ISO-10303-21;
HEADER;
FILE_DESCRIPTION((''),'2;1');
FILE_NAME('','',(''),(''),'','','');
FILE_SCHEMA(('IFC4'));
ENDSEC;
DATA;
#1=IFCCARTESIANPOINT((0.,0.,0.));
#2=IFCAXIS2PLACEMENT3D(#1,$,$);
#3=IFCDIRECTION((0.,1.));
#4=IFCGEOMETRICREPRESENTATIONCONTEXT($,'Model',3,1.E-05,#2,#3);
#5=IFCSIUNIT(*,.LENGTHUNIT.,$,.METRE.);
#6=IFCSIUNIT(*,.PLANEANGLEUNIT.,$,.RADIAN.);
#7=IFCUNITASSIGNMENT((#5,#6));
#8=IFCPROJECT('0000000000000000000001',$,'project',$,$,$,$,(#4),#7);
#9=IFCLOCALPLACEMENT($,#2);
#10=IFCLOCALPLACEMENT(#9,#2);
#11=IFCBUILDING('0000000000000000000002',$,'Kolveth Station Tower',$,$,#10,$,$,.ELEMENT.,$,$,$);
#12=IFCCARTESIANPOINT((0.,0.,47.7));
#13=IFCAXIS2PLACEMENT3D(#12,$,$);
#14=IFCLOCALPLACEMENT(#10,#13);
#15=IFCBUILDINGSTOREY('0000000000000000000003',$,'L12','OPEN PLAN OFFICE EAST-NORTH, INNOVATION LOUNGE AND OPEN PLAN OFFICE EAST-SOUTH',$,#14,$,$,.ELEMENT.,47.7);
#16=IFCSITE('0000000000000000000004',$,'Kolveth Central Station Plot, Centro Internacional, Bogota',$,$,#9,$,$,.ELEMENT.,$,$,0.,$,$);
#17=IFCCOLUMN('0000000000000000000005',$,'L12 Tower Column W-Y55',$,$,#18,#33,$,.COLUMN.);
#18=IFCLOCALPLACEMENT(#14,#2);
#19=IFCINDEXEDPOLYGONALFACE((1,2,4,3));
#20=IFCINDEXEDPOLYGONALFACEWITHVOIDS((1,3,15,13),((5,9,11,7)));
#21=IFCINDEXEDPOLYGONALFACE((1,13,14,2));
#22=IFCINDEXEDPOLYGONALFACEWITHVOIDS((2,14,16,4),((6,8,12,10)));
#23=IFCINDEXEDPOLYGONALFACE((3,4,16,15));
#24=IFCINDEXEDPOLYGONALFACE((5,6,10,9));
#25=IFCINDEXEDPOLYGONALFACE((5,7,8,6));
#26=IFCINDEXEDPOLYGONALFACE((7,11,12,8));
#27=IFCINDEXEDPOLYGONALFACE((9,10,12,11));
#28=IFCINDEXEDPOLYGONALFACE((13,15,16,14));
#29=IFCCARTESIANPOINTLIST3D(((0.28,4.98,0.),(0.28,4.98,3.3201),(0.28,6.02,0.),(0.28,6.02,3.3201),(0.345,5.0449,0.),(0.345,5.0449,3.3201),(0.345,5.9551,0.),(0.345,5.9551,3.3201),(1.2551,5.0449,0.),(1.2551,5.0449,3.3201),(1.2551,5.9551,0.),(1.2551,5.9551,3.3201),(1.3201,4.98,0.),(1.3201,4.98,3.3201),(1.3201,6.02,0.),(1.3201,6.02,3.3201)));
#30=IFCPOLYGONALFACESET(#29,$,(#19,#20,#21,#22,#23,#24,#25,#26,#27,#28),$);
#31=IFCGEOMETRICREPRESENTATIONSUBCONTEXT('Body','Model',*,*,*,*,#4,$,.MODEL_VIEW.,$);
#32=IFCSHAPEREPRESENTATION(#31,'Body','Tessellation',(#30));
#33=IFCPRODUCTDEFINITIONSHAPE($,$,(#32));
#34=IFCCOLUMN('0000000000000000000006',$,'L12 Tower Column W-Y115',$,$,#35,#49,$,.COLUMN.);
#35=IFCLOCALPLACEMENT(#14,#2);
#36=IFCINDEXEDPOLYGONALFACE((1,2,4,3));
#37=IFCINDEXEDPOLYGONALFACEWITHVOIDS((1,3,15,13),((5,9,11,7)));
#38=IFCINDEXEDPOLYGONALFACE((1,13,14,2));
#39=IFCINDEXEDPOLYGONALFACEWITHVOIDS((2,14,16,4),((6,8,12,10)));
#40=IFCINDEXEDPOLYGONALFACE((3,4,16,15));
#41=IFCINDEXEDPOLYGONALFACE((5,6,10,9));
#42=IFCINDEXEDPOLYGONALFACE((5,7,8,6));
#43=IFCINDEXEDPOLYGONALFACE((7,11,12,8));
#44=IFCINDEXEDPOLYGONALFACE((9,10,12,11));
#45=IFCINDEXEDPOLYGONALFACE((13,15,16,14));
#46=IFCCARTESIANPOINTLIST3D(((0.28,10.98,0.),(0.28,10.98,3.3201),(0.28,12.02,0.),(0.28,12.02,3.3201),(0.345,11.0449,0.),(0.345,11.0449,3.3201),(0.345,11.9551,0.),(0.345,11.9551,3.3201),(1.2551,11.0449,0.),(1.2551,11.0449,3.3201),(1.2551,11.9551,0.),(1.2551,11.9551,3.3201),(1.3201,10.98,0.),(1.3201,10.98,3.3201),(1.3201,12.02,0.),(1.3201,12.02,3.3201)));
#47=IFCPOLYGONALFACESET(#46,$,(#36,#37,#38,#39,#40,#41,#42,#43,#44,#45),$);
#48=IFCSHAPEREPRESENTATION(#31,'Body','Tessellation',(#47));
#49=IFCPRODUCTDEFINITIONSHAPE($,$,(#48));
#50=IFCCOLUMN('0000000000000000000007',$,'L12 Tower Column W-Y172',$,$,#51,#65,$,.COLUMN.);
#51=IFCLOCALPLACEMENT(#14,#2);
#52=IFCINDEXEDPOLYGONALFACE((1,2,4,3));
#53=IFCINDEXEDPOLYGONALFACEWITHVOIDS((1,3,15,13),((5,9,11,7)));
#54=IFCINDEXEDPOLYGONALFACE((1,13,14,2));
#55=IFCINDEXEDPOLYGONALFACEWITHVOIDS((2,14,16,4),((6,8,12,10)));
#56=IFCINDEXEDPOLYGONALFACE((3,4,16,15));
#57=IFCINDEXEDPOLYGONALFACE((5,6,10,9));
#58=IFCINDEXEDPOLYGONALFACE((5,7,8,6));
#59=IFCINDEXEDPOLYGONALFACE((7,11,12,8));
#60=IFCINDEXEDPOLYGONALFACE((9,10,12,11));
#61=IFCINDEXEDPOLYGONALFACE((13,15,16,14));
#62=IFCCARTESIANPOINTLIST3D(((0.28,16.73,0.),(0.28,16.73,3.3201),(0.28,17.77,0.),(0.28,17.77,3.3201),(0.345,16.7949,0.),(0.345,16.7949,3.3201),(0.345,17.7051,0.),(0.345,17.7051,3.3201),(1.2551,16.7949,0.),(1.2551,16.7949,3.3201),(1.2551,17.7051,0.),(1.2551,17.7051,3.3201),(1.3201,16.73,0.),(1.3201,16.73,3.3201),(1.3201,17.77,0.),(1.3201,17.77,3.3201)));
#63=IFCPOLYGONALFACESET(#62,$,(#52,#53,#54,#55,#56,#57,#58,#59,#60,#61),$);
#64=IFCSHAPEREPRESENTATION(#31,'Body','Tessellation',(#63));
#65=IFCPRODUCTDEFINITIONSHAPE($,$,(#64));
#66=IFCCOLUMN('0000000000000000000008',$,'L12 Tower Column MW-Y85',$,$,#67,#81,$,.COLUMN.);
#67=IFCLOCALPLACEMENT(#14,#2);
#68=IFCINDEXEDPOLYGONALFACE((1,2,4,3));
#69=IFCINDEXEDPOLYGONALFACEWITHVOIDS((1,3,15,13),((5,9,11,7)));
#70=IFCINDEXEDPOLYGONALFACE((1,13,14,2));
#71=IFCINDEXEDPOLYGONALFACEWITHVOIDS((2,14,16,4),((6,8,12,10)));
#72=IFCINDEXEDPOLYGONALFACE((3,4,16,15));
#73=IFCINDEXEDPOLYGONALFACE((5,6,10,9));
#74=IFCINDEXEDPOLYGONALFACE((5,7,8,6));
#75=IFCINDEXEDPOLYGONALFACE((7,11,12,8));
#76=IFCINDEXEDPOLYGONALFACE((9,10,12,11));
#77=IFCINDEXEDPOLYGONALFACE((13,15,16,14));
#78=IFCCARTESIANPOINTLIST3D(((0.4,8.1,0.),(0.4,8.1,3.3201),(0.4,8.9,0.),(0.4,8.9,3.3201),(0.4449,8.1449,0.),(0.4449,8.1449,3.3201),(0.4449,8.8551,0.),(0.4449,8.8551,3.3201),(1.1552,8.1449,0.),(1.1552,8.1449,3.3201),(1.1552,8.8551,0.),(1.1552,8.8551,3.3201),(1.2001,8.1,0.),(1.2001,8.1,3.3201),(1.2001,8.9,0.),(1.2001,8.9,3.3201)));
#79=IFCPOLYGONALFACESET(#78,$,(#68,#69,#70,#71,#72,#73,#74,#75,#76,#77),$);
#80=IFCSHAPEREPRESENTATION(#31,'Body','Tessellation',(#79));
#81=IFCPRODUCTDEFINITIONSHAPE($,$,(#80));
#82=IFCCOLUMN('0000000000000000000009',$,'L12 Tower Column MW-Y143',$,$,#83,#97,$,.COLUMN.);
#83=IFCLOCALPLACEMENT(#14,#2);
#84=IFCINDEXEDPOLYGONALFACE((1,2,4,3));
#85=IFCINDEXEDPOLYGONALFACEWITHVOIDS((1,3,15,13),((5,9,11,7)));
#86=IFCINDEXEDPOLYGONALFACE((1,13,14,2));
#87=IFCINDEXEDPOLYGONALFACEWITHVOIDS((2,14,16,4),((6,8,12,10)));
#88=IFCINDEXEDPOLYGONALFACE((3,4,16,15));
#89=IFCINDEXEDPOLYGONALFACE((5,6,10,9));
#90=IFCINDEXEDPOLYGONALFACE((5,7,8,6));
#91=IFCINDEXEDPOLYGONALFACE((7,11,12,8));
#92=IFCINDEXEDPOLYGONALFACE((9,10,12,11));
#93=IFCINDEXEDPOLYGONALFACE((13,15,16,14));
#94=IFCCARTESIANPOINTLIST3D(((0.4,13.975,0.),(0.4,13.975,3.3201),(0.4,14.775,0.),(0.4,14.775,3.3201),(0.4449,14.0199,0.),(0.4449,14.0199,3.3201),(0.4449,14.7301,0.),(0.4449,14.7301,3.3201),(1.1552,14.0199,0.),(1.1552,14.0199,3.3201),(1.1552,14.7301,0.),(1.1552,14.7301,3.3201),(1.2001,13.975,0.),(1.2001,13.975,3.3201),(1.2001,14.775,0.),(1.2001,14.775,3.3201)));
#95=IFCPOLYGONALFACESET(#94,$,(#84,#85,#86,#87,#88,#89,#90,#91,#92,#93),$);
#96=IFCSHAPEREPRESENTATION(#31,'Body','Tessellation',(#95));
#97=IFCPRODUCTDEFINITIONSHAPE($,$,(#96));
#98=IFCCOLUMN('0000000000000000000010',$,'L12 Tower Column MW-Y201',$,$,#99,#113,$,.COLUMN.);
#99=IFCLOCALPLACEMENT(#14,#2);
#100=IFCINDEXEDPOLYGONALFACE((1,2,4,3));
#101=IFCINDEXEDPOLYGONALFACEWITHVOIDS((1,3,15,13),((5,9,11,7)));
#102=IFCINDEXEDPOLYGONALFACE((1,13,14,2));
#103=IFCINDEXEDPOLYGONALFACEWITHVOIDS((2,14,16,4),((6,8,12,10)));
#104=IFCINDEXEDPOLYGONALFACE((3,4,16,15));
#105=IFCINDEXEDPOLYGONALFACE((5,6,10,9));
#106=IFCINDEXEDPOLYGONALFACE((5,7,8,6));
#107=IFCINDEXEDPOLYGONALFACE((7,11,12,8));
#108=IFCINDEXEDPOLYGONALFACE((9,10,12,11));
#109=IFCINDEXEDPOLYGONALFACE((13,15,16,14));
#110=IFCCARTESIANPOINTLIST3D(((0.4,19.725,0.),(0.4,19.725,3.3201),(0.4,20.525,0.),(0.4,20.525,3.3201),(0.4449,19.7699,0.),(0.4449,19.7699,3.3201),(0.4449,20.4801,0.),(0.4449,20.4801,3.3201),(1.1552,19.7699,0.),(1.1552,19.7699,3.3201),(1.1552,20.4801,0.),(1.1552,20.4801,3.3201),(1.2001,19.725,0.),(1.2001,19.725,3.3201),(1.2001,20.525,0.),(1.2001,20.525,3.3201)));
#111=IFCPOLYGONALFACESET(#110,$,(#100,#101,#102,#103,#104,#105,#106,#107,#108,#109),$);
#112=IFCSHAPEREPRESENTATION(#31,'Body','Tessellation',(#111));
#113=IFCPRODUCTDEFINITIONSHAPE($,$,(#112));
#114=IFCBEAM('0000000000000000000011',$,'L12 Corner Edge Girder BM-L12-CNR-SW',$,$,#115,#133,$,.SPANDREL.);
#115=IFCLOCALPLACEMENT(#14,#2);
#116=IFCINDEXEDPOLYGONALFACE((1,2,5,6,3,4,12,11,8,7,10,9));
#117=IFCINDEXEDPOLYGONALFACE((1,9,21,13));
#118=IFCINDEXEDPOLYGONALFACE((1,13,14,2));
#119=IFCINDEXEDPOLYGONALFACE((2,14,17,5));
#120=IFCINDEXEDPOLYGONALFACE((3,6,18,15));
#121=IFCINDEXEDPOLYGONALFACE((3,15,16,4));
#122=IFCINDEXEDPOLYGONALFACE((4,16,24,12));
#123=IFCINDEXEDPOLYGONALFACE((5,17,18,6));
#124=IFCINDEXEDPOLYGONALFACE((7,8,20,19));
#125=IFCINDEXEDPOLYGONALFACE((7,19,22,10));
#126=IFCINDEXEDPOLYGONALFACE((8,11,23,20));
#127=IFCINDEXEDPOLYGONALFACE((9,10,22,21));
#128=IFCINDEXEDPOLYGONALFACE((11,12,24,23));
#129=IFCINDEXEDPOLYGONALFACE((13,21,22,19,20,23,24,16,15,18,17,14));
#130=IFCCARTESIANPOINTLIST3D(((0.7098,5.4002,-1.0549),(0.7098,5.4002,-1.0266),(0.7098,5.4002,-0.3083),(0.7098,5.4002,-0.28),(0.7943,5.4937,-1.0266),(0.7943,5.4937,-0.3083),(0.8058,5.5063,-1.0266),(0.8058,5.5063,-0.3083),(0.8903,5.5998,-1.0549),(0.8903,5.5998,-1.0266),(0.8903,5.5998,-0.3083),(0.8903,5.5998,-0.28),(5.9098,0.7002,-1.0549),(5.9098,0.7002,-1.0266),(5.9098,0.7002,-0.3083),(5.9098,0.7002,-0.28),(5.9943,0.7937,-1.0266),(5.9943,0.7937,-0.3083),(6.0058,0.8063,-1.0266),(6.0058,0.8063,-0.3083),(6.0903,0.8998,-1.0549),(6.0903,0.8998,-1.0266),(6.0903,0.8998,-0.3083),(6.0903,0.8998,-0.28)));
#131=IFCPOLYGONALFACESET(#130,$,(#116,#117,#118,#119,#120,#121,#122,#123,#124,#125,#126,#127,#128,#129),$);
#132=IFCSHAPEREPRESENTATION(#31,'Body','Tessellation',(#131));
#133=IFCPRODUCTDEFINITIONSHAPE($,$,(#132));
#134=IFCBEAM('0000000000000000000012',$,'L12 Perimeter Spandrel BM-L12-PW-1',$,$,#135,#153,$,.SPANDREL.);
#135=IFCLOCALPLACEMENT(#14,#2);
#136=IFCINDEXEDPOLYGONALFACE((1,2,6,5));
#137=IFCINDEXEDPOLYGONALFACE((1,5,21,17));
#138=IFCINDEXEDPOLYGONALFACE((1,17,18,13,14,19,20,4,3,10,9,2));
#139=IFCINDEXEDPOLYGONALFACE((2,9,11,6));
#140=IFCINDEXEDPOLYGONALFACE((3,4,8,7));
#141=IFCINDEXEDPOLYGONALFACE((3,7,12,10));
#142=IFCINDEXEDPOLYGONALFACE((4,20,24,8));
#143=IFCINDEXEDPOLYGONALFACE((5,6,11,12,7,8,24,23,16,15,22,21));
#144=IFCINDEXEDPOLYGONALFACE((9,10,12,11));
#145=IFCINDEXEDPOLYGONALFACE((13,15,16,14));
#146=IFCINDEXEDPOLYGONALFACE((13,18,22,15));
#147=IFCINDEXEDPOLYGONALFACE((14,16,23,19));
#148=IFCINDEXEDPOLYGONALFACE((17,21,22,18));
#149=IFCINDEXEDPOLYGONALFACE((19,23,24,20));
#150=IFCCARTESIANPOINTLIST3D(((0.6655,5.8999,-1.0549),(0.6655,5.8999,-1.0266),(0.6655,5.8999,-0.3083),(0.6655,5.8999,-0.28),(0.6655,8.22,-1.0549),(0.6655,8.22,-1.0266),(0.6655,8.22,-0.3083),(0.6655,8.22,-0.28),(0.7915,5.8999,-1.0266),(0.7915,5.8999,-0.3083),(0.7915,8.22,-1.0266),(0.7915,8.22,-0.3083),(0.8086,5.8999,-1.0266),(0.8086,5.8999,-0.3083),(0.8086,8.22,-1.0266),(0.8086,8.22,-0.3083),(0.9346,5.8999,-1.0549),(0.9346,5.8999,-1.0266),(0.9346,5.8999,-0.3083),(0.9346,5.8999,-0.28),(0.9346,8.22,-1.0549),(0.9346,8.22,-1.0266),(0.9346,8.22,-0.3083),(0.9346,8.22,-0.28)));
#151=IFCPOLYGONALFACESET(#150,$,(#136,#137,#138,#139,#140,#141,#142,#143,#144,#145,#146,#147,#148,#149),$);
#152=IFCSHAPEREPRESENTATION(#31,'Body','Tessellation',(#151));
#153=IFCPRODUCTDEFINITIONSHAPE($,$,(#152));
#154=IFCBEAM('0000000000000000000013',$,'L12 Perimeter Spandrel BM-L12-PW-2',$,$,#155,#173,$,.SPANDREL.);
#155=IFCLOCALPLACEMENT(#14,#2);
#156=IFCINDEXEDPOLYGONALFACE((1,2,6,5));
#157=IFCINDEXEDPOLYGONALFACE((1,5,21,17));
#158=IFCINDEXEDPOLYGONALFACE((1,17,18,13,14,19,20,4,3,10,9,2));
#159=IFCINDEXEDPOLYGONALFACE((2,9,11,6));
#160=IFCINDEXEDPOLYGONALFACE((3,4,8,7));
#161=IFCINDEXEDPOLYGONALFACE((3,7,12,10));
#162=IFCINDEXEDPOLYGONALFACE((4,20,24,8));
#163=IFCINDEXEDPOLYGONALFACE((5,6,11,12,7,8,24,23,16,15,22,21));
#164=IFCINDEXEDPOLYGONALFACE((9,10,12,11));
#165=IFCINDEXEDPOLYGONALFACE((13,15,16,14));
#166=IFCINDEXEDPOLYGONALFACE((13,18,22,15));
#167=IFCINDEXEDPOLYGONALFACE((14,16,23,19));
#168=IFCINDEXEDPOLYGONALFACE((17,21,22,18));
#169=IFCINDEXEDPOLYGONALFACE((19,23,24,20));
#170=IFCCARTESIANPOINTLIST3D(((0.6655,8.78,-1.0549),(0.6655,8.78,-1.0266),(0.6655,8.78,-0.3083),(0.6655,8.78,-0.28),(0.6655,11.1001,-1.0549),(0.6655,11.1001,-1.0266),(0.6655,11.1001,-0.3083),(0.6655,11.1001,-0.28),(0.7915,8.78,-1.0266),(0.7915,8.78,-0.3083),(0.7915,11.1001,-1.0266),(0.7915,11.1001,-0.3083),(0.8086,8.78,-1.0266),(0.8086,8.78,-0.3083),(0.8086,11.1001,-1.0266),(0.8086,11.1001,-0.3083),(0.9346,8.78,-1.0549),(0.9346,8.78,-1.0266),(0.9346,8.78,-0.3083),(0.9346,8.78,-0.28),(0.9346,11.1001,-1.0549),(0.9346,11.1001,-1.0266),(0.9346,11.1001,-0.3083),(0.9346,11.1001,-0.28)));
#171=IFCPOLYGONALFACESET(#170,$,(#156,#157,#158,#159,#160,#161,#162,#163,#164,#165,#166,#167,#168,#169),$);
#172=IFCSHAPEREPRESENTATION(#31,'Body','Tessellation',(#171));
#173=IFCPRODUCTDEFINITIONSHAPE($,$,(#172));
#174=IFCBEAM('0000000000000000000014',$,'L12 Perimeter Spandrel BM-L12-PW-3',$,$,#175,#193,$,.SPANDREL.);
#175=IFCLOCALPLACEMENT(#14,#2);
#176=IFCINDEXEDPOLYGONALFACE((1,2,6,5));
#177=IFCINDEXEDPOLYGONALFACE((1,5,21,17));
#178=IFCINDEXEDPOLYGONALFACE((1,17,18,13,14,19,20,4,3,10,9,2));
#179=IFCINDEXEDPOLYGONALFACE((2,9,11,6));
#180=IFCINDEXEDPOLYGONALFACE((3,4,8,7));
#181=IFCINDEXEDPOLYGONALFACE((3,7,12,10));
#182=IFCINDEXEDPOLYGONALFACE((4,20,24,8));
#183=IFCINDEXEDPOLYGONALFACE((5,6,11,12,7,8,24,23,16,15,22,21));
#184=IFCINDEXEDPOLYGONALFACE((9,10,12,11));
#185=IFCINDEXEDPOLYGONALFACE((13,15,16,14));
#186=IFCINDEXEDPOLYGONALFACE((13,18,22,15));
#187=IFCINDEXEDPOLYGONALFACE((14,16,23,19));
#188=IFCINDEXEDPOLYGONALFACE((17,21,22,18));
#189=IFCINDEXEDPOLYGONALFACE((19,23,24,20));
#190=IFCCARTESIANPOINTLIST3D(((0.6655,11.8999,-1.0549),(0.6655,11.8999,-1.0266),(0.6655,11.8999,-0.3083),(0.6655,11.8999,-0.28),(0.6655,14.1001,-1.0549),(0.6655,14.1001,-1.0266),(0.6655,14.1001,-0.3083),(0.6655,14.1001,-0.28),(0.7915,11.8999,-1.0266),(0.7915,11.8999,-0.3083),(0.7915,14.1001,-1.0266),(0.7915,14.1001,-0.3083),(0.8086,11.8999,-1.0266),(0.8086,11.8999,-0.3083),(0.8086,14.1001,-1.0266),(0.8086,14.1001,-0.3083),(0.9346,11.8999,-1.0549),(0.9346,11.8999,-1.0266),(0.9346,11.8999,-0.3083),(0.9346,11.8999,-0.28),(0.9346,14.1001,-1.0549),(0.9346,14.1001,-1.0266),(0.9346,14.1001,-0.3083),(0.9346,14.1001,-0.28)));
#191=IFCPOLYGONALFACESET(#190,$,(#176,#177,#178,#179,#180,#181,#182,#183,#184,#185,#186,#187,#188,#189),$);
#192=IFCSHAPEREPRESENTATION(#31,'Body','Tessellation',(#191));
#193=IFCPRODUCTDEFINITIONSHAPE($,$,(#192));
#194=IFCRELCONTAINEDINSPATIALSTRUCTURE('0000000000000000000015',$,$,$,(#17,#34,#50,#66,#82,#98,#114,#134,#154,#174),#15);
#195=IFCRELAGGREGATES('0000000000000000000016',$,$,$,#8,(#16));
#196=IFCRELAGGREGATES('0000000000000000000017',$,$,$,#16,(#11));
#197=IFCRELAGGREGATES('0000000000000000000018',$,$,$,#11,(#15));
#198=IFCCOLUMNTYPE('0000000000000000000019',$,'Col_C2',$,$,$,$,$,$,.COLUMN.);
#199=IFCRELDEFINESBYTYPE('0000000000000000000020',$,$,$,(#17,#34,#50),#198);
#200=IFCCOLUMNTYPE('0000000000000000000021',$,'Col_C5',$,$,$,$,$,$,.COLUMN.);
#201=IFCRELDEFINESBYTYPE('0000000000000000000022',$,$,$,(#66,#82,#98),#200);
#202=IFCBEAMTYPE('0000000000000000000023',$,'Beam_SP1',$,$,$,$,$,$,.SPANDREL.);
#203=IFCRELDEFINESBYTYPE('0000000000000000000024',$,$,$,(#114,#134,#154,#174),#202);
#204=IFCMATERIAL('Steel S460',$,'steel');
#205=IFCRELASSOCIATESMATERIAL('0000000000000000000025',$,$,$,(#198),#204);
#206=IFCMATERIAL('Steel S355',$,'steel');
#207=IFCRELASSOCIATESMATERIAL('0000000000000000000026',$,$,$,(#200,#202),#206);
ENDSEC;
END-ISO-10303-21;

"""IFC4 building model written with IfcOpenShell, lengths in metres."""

from ifc_helpers import new_model, si_unit, direction, frame, origin, origin_2d, place, context, subcontext, project, spatial, hollow_rectangle, i_section, extrude, source, transform, mapped, material, material_profile, profile_set, type_object, element, save


model = new_model("IFC4")

# Units and contexts
model_context = context("Model", 3, precision=1e-05, world=origin(), true_north=direction((0.0, 1.0)))
body_context = subcontext(model_context, "Body", "Model", "MODEL_VIEW")
ifc_project = project(units=[si_unit("LENGTHUNIT", "METRE"), si_unit("PLANEANGLEUNIT", "RADIAN")], contexts=[model_context])

# Site, building, storey
site_placement = place(None, origin())
site = spatial("IfcSite", under=ifc_project, at=site_placement, Name="Kolveth Central Station Plot, Centro Internacional, Bogota", CompositionType="ELEMENT", RefElevation=0.0)
building_placement = place(site_placement, origin())
building = spatial("IfcBuilding", under=site, at=building_placement, Name="Kolveth Station Tower", CompositionType="ELEMENT")
storey_placement = place(building_placement, frame((0.0, 0.0, 47.7)))
storey = spatial("IfcBuildingStorey", under=building, at=storey_placement, Name="L12", Description="OPEN PLAN OFFICE EAST-NORTH, INNOVATION LOUNGE AND OPEN PLAN OFFICE EAST-SOUTH", CompositionType="ELEMENT", Elevation=47.7)

# Columns
ifc_material_1 = material(Name="Steel S460", Category="steel")
ifc_material_profile_1 = material_profile(ifc_material_1, hollow_rectangle(XDim=1.04, YDim=1.04, WallThickness=0.0649, at=origin_2d()), Name="BOX1040x1040x65")
ifc_profile_set_1 = profile_set([ifc_material_profile_1], Name="Steel S460")
column_type_1 = type_object("IfcColumnType", Name="Col_C2", PredefinedType="COLUMN", material=ifc_profile_set_1)
shared_shape_1 = source(origin(), body_context, "Body", "SweptSolid", [
    extrude(hollow_rectangle(XDim=1.04, YDim=1.04, WallThickness=0.0649, at=origin_2d()), origin(), (0.0, 0.0, 1.0), 3.3201),
])
for number, where, z_axis, x_axis, name in (
    (1, (0.8, 5.5, 0.0), (0.0, 0.0, 1.0), (1.0, 0.0, 0.0), "L12 Tower Column W-Y55"),
    (2, (0.8, 11.5, 0.0), (0.0, 0.0, 1.0), (1.0, 0.0, 0.0), "L12 Tower Column W-Y115"),
    (3, (0.8, 17.25, 0.0), (0.0, 0.0, 1.0), (1.0, 0.0, 0.0), "L12 Tower Column W-Y172"),
):
    element("IfcColumn", number, at=place(storey_placement, frame(where, z_axis=z_axis, x_axis=x_axis)), inside=storey, type_object=column_type_1, Name=name, PredefinedType="COLUMN", context=body_context, shape_type="MappedRepresentation", body=[
        mapped(shared_shape_1, transform((0.0, 0.0, 0.0), x_axis=(1.0, 0.0, 0.0), y_axis=(0.0, 1.0, 0.0), z_axis=(0.0, 0.0, 1.0), scale=1.0)),
    ])
ifc_material_2 = material(Name="Steel S355", Category="steel")
ifc_material_profile_2 = material_profile(ifc_material_2, hollow_rectangle(XDim=0.8, YDim=0.8, WallThickness=0.0449, at=origin_2d()), Name="BOX800x800x45")
ifc_profile_set_2 = profile_set([ifc_material_profile_2], Name="Steel S355")
column_type_2 = type_object("IfcColumnType", Name="Col_C5", PredefinedType="COLUMN", material=ifc_profile_set_2)
shared_shape_2 = source(origin(), body_context, "Body", "SweptSolid", [
    extrude(hollow_rectangle(XDim=0.8, YDim=0.8, WallThickness=0.0449, at=origin_2d()), origin(), (0.0, 0.0, 1.0), 3.3201),
])
for number, where, z_axis, x_axis, name in (
    (4, (0.8, 8.5, 0.0), (0.0, 0.0, 1.0), (1.0, 0.0, 0.0), "L12 Tower Column MW-Y85"),
    (5, (0.8, 14.375, 0.0), (0.0, 0.0, 1.0), (1.0, 0.0, 0.0), "L12 Tower Column MW-Y143"),
    (6, (0.8, 20.125, 0.0), (0.0, 0.0, 1.0), (1.0, 0.0, 0.0), "L12 Tower Column MW-Y201"),
):
    element("IfcColumn", number, at=place(storey_placement, frame(where, z_axis=z_axis, x_axis=x_axis)), inside=storey, type_object=column_type_2, Name=name, PredefinedType="COLUMN", context=body_context, shape_type="MappedRepresentation", body=[
        mapped(shared_shape_2, transform((0.0, 0.0, 0.0), x_axis=(1.0, 0.0, 0.0), y_axis=(0.0, 1.0, 0.0), z_axis=(0.0, 0.0, 1.0), scale=1.0)),
    ])

# Beams
ifc_material_profile_3 = material_profile(ifc_material_2, i_section(OverallWidth=0.269, OverallDepth=0.7749, WebThickness=0.0171, FlangeThickness=0.0283, at=origin_2d()), Name="W760x220")
ifc_profile_set_3 = profile_set([ifc_material_profile_3], Name="Steel S355")
beam_type_1 = type_object("IfcBeamType", Name="Beam_SP1", PredefinedType="SPANDREL", material=ifc_profile_set_3)
shared_shape_3 = source(origin(), body_context, "Body", "SweptSolid", [
    extrude(i_section(OverallWidth=0.269, OverallDepth=0.7749, WebThickness=0.0171, FlangeThickness=0.0283, at=origin_2d()), origin(), (0.0, 0.0, 1.0), 7.0093),
])
beam_1_placement = place(storey_placement, frame((0.8, 5.5, -0.6675), z_axis=(0.741874, -0.670539, 0.0), x_axis=(0.670539, 0.741874, 0.0)))
element("IfcBeam", 7, at=beam_1_placement, inside=storey, type_object=beam_type_1, Name="L12 Corner Edge Girder BM-L12-CNR-SW", PredefinedType="SPANDREL", context=body_context, shape_type="MappedRepresentation", body=[
    mapped(shared_shape_3, transform((0.0, 0.0, 0.0), x_axis=(1.0, 0.0, 0.0), y_axis=(0.0, 1.0, 0.0), z_axis=(0.0, 0.0, 1.0), scale=1.0)),
])
shared_shape_4 = source(origin(), body_context, "Body", "SweptSolid", [
    extrude(i_section(OverallWidth=0.269, OverallDepth=0.7749, WebThickness=0.0171, FlangeThickness=0.0283, at=origin_2d()), origin(), (0.0, 0.0, 1.0), 2.3201),
])
for number, where, z_axis, x_axis, name in (
    (8, (0.8, 5.8999, -0.6675), (0.0, 1.0, 0.0), (-1.0, 0.0, 0.0), "L12 Perimeter Spandrel BM-L12-PW-1"),
    (9, (0.8, 8.78, -0.6675), (0.0, 1.0, 0.0), (-1.0, 0.0, 0.0), "L12 Perimeter Spandrel BM-L12-PW-2"),
):
    element("IfcBeam", number, at=place(storey_placement, frame(where, z_axis=z_axis, x_axis=x_axis)), inside=storey, type_object=beam_type_1, Name=name, PredefinedType="SPANDREL", context=body_context, shape_type="MappedRepresentation", body=[
        mapped(shared_shape_4, transform((0.0, 0.0, 0.0), x_axis=(1.0, 0.0, 0.0), y_axis=(0.0, 1.0, 0.0), z_axis=(0.0, 0.0, 1.0), scale=1.0)),
    ])
shared_shape_5 = source(origin(), body_context, "Body", "SweptSolid", [
    extrude(i_section(OverallWidth=0.269, OverallDepth=0.7749, WebThickness=0.0171, FlangeThickness=0.0283, at=origin_2d()), origin(), (0.0, 0.0, 1.0), 2.2002),
])
beam_2_placement = place(storey_placement, frame((0.8, 11.8999, -0.6675), z_axis=(0.0, 1.0, 0.0), x_axis=(-1.0, 0.0, 0.0)))
element("IfcBeam", 10, at=beam_2_placement, inside=storey, type_object=beam_type_1, Name="L12 Perimeter Spandrel BM-L12-PW-3", PredefinedType="SPANDREL", context=body_context, shape_type="MappedRepresentation", body=[
    mapped(shared_shape_5, transform((0.0, 0.0, 0.0), x_axis=(1.0, 0.0, 0.0), y_axis=(0.0, 1.0, 0.0), z_axis=(0.0, 0.0, 1.0), scale=1.0)),
])

save(model, "model.ifc")
